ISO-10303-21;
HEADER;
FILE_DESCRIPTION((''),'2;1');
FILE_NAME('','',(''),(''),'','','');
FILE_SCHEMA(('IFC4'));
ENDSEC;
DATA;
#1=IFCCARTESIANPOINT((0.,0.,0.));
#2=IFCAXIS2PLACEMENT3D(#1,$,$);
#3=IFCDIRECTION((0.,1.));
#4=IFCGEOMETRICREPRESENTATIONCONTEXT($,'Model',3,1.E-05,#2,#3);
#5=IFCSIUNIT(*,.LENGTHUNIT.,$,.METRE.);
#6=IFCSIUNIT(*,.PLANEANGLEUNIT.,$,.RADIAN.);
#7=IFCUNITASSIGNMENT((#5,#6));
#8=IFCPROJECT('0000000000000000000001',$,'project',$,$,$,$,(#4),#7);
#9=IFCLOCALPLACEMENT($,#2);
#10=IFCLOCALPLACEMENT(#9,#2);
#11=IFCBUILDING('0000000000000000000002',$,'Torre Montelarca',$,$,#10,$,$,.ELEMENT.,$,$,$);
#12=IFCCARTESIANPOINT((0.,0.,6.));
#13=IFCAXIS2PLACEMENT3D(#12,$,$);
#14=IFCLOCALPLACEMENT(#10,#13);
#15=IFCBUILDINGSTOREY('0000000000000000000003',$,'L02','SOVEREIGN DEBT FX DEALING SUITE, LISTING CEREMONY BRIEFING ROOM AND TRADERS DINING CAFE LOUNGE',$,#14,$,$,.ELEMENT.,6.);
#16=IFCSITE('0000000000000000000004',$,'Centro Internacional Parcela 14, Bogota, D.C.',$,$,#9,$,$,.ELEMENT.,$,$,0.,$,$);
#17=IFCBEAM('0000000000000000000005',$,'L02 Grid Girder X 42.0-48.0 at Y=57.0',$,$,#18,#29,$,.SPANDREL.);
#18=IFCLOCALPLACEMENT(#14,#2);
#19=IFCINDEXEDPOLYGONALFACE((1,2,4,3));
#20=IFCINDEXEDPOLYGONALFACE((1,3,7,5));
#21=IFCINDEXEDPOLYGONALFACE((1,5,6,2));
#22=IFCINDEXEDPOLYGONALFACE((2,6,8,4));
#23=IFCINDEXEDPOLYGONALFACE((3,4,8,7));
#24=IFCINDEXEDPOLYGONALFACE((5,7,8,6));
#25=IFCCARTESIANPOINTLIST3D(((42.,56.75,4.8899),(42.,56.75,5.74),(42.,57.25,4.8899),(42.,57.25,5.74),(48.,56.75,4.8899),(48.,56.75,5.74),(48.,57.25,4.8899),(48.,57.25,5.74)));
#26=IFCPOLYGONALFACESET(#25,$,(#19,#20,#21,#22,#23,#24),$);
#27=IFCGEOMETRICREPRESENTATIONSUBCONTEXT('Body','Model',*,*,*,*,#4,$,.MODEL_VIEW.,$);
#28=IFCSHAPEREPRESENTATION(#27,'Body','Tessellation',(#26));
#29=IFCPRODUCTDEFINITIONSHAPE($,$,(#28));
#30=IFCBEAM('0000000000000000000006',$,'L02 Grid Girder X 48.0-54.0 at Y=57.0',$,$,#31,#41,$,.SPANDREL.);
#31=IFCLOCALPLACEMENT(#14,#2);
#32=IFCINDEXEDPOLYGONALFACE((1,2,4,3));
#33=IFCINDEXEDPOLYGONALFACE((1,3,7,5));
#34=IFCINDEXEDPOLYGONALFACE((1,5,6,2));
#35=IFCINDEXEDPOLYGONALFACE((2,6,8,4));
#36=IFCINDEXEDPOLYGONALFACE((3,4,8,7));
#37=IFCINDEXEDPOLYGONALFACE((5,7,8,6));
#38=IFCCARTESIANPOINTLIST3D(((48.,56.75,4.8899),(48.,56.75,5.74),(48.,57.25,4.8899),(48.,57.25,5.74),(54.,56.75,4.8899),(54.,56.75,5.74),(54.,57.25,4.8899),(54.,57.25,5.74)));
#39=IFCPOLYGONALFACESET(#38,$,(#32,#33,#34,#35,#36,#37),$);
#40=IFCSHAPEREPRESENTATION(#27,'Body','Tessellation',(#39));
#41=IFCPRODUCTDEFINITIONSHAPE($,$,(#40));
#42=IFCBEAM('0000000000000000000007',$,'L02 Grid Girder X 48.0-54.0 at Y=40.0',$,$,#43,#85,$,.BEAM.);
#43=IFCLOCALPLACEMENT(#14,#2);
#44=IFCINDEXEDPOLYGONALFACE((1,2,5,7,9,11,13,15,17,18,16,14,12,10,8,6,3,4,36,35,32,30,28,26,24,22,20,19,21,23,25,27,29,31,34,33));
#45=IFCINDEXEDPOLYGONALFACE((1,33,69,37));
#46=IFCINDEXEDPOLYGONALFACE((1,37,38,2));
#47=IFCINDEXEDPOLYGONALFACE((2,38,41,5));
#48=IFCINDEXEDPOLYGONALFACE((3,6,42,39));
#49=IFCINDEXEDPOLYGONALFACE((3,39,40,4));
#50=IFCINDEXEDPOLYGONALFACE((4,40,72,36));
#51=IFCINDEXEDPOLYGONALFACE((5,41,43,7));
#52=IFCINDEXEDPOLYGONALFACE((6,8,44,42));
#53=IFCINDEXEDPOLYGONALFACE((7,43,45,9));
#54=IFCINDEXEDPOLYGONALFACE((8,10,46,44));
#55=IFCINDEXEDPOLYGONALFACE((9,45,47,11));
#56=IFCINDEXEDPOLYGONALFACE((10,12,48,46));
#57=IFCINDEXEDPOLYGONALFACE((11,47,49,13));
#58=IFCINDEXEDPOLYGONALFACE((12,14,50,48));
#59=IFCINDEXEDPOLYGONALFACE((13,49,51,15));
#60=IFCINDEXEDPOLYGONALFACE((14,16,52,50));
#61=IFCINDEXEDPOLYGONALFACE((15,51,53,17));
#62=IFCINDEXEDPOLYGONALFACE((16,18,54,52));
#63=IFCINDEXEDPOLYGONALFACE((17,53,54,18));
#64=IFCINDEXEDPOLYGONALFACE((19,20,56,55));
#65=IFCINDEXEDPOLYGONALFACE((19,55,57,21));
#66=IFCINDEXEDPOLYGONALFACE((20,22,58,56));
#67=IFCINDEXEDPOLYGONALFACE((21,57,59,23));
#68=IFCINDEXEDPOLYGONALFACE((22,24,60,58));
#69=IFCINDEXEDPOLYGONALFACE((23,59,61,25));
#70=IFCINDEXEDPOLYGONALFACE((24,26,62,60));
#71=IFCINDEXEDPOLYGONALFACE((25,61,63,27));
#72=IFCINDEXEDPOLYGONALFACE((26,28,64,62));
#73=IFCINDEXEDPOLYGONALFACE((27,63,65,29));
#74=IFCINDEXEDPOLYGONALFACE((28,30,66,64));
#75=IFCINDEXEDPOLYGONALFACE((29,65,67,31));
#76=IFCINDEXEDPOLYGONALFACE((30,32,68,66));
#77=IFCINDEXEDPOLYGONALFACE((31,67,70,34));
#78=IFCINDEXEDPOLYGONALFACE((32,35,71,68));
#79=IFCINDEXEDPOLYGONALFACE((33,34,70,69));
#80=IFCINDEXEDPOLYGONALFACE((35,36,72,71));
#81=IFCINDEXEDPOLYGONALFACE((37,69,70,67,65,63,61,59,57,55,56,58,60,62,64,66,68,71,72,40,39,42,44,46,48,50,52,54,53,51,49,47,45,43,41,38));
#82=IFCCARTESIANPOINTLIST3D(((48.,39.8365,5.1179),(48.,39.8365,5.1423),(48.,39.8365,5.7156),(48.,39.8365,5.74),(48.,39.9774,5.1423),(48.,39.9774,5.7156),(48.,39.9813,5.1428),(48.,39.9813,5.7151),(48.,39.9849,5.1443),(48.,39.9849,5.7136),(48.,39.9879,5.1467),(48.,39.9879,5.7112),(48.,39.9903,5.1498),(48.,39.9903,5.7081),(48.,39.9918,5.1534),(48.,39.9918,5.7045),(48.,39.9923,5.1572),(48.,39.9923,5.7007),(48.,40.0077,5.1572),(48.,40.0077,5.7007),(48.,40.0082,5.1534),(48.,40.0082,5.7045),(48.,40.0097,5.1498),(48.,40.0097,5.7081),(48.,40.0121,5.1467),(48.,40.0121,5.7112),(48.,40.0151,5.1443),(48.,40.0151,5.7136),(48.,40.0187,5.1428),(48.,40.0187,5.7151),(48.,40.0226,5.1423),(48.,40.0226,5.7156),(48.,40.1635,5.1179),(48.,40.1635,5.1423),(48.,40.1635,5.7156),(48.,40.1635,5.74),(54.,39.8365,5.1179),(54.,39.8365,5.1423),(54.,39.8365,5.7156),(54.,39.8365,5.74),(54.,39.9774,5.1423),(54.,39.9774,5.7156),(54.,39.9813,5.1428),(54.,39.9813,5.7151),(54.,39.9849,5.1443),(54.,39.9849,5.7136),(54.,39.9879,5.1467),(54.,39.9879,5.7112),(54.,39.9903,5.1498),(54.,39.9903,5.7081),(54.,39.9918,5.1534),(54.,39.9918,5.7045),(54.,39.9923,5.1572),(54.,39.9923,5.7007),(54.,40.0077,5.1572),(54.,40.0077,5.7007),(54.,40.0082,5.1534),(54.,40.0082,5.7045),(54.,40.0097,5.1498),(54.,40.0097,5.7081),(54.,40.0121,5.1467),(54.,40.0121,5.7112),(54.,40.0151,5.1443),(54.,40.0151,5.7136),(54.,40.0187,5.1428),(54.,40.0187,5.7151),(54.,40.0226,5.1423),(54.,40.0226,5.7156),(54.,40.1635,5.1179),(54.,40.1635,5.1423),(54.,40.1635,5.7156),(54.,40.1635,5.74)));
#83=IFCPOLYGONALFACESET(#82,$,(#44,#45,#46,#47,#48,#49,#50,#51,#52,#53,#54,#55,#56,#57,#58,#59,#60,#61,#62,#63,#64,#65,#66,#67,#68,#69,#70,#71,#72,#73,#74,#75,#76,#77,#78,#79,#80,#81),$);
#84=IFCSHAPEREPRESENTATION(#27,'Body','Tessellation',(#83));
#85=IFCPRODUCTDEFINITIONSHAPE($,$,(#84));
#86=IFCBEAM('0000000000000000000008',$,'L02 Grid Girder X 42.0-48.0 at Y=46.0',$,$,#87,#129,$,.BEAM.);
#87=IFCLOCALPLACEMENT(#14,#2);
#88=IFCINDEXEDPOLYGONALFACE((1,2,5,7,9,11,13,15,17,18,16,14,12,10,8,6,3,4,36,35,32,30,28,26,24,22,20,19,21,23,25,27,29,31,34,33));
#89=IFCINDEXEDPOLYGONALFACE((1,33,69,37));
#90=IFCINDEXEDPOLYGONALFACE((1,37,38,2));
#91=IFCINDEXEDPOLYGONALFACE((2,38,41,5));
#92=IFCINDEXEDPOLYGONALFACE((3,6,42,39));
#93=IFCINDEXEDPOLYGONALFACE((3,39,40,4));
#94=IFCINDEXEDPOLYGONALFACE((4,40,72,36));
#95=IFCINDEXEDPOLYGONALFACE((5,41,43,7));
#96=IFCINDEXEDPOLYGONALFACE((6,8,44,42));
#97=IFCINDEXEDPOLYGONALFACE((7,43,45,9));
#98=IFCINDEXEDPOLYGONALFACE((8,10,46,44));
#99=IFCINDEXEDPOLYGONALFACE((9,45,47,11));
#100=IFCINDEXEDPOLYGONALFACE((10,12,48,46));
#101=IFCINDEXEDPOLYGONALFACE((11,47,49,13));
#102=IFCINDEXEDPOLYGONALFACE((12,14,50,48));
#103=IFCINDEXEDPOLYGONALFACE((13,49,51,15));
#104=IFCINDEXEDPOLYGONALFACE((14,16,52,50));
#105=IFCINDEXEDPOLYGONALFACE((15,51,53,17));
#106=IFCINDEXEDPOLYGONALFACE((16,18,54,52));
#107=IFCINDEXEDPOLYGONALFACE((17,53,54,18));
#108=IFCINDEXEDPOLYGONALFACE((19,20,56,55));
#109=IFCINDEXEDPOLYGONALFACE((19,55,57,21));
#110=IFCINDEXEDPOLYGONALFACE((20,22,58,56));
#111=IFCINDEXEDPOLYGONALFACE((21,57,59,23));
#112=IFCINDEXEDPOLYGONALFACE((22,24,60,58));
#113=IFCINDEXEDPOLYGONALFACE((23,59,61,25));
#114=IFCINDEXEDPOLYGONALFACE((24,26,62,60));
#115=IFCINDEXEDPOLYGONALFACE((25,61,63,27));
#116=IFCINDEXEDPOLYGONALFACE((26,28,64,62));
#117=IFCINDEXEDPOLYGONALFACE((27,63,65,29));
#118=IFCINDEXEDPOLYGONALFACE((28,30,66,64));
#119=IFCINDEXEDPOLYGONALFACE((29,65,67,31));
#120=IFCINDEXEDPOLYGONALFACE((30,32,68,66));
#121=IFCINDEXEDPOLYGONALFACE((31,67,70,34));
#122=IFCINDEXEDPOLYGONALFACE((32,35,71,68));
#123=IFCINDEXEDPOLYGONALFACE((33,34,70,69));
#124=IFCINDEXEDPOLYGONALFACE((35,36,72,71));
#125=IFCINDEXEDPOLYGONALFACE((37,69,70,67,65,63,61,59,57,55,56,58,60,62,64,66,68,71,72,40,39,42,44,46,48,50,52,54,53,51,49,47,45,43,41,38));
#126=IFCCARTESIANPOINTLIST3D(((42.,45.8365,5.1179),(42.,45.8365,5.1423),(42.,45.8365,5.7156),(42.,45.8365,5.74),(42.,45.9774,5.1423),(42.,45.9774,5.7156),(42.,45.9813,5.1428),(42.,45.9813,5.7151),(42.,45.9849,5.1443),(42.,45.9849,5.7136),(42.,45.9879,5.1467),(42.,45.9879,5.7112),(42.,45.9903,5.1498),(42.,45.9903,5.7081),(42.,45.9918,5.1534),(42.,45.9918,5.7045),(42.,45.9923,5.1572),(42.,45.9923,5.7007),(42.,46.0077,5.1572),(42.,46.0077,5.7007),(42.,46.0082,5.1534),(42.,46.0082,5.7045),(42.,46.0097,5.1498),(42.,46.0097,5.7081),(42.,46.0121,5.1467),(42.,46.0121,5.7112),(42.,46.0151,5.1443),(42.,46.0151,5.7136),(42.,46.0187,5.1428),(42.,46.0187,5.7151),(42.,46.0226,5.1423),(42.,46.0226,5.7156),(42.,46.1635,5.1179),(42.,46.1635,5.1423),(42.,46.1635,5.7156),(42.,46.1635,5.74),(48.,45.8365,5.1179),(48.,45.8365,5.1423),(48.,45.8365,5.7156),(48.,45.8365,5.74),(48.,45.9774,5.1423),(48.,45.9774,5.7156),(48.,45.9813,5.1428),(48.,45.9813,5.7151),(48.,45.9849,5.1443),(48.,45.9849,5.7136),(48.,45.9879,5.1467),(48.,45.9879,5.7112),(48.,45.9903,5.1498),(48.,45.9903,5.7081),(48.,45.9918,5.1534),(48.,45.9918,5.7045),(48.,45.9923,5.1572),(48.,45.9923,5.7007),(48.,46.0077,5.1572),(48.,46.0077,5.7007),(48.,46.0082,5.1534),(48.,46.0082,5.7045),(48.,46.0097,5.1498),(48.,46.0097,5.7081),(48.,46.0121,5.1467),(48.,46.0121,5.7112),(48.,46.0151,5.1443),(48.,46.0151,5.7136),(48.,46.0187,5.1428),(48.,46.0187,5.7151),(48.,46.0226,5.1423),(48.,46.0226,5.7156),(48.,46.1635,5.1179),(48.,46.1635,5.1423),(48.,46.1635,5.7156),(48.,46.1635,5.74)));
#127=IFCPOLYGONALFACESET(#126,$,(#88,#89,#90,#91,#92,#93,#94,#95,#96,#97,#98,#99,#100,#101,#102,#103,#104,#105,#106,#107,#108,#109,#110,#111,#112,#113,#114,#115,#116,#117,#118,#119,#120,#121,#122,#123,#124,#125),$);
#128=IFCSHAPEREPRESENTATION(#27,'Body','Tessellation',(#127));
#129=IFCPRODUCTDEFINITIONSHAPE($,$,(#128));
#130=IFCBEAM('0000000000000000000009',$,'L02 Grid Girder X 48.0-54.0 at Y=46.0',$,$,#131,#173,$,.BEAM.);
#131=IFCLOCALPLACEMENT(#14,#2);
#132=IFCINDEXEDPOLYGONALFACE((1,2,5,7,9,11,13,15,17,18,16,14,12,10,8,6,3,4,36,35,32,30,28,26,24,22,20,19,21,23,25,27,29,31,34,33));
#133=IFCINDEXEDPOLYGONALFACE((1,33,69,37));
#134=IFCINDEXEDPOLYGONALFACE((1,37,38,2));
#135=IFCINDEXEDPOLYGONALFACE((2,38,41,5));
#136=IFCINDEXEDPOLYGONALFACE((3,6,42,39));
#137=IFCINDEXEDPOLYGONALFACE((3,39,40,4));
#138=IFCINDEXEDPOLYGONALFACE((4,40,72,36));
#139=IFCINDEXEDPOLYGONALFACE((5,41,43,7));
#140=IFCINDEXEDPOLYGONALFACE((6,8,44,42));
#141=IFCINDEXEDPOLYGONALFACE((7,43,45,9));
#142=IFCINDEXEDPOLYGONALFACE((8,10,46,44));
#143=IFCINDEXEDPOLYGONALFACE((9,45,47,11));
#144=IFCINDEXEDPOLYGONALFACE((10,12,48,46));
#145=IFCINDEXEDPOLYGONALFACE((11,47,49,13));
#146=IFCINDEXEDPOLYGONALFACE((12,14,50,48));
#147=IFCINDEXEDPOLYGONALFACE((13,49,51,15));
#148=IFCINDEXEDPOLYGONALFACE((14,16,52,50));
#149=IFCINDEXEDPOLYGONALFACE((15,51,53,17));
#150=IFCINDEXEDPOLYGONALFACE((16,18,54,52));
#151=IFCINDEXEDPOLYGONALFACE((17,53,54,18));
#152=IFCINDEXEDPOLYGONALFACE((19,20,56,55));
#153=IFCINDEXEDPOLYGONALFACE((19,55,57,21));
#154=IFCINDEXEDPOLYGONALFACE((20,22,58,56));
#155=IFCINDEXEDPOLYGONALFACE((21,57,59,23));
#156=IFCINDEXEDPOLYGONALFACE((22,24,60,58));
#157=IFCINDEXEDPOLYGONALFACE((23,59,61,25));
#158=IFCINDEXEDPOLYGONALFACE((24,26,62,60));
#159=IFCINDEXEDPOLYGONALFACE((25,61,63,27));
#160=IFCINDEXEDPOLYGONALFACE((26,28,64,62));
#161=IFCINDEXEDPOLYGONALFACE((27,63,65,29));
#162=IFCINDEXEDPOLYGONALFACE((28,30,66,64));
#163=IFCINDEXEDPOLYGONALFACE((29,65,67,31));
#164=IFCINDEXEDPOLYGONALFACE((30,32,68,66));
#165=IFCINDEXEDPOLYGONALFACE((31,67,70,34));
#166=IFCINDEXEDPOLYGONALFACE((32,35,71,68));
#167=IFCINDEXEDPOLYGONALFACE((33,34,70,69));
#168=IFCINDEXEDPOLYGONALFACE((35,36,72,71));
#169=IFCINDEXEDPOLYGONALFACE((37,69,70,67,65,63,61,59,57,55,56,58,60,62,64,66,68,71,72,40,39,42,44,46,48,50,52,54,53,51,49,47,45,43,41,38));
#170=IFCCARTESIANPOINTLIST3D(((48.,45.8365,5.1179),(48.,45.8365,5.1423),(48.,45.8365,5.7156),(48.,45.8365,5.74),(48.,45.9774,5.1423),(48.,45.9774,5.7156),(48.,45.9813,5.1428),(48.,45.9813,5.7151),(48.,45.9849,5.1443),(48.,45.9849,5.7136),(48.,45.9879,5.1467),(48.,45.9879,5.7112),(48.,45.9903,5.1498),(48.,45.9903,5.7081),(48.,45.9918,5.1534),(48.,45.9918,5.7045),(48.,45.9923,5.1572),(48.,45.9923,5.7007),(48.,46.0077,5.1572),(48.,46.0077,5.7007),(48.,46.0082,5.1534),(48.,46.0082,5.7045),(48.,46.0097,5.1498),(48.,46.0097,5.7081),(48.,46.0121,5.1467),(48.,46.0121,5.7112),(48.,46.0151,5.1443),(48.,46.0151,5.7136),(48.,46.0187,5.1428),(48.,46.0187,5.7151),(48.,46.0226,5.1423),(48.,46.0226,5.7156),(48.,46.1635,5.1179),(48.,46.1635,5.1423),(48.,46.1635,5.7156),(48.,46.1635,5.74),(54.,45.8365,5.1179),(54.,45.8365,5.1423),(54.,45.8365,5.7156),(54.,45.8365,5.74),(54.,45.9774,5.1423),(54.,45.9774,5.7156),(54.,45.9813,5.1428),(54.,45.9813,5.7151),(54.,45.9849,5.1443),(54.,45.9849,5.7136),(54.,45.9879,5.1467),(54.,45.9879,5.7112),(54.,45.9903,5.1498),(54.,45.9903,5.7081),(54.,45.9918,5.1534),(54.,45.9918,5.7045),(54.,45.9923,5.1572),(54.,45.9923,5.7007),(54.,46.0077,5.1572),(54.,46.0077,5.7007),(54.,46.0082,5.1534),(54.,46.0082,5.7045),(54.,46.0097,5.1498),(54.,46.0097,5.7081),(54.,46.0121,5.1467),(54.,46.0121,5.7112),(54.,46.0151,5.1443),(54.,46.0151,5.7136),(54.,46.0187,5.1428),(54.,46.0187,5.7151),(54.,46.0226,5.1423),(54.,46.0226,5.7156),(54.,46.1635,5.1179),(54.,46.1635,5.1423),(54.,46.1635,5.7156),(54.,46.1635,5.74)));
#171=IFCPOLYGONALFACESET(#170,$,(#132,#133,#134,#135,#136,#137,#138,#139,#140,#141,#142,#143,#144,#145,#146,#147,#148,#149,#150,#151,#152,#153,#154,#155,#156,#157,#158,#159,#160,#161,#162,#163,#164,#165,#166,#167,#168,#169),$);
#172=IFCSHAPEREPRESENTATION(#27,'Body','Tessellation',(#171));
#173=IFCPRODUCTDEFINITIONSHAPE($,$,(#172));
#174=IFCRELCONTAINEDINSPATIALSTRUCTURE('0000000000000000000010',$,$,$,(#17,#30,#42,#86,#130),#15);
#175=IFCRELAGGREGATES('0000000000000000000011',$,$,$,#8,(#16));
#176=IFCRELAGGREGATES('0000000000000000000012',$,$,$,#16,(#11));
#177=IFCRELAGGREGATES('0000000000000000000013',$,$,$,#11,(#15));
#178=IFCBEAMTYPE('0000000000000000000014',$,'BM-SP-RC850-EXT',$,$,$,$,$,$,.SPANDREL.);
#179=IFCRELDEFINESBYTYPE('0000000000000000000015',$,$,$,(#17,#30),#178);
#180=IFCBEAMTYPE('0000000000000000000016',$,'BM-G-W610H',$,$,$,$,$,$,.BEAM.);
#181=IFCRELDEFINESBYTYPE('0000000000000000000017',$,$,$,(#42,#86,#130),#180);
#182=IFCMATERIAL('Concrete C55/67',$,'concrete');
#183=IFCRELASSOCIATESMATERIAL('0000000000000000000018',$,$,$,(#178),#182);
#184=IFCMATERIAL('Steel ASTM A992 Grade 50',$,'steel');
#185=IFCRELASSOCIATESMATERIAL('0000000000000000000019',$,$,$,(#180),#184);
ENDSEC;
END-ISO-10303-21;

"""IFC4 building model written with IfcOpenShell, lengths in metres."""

from ifc_helpers import new_model, si_unit, direction, frame, origin, origin_2d, place, context, subcontext, project, spatial, rectangle, i_section, extrude, source, transform, mapped, material, material_profile, profile_set, type_object, element, save


model = new_model("IFC4")

# Units and contexts
model_context = context("Model", 3, precision=1e-05, world=origin(), true_north=direction((0.0, 1.0)))
body_context = subcontext(model_context, "Body", "Model", "MODEL_VIEW")
ifc_project = project(units=[si_unit("LENGTHUNIT", "METRE"), si_unit("PLANEANGLEUNIT", "RADIAN")], contexts=[model_context])

# Site, building, storey
site_placement = place(None, origin())
site = spatial("IfcSite", under=ifc_project, at=site_placement, Name="Centro Internacional Parcela 14, Bogota, D.C.", CompositionType="ELEMENT", RefElevation=0.0)
building_placement = place(site_placement, origin())
building = spatial("IfcBuilding", under=site, at=building_placement, Name="Torre Montelarca", CompositionType="ELEMENT")
storey_placement = place(building_placement, frame((0.0, 0.0, 6.0)))
storey = spatial("IfcBuildingStorey", under=building, at=storey_placement, Name="L02", Description="SOVEREIGN DEBT FX DEALING SUITE, LISTING CEREMONY BRIEFING ROOM AND TRADERS DINING CAFE LOUNGE", CompositionType="ELEMENT", Elevation=6.0)

# Shared definitions
ifc_material_1 = material(Name="Steel ASTM A992 Grade 50", Category="steel")

# Beams
ifc_material_2 = material(Name="Concrete C55/67", Category="concrete")
ifc_material_profile_1 = material_profile(ifc_material_2, rectangle(XDim=0.5, YDim=0.8501, at=origin_2d()), Name="RCB500X850", Category="concrete")
ifc_profile_set_1 = profile_set([ifc_material_profile_1], Name="Concrete C55/67")
beam_type_1 = type_object("IfcBeamType", Name="BM-SP-RC850-EXT", PredefinedType="SPANDREL", material=ifc_profile_set_1)
shared_shape_1 = source(origin(), body_context, "Body", "SweptSolid", [
    extrude(rectangle(XDim=0.5, YDim=0.8501, at=origin_2d()), origin(), (0.0, 0.0, 1.0), 6.0),
])
for number, where, z_axis, x_axis, name in (
    (1, (42.0, 57.0, 5.3149), (1.0, 0.0, 0.0), (0.0, 1.0, 0.0), "L02 Grid Girder X 42.0-48.0 at Y=57.0"),
    (2, (48.0, 57.0, 5.3149), (1.0, 0.0, 0.0), (0.0, 1.0, 0.0), "L02 Grid Girder X 48.0-54.0 at Y=57.0"),
):
    element("IfcBeam", number, at=place(storey_placement, frame(where, z_axis=z_axis, x_axis=x_axis)), inside=storey, type_object=beam_type_1, Name=name, PredefinedType="SPANDREL", context=body_context, shape_type="MappedRepresentation", body=[
        mapped(shared_shape_1, transform((0.0, 0.0, 0.0), scale=1.0)),
    ])
ifc_material_profile_2 = material_profile(ifc_material_1, i_section(OverallWidth=0.3269, OverallDepth=0.6221, WebThickness=0.0154, FlangeThickness=0.0244, FilletRadius=0.0149, at=origin_2d()), Name="W610X195", Category="steel")
ifc_profile_set_2 = profile_set([ifc_material_profile_2], Name="Steel ASTM A992 Grade 50")
beam_type_2 = type_object("IfcBeamType", Name="BM-G-W610H", PredefinedType="BEAM", material=ifc_profile_set_2)
shared_shape_2 = source(origin(), body_context, "Body", "SweptSolid", [
    extrude(i_section(OverallWidth=0.3269, OverallDepth=0.6221, WebThickness=0.0154, FlangeThickness=0.0244, FilletRadius=0.0149, at=origin_2d()), origin(), (0.0, 0.0, 1.0), 6.0),
])
for number, where, z_axis, x_axis, name in (
    (3, (48.0, 40.0, 5.429), (1.0, 0.0, 0.0), (0.0, 1.0, 0.0), "L02 Grid Girder X 48.0-54.0 at Y=40.0"),
    (4, (42.0, 46.0, 5.429), (1.0, 0.0, 0.0), (0.0, 1.0, 0.0), "L02 Grid Girder X 42.0-48.0 at Y=46.0"),
    (5, (48.0, 46.0, 5.429), (1.0, 0.0, 0.0), (0.0, 1.0, 0.0), "L02 Grid Girder X 48.0-54.0 at Y=46.0"),
):
    element("IfcBeam", number, at=place(storey_placement, frame(where, z_axis=z_axis, x_axis=x_axis)), inside=storey, type_object=beam_type_2, Name=name, PredefinedType="BEAM", context=body_context, shape_type="MappedRepresentation", body=[
        mapped(shared_shape_2, transform((0.0, 0.0, 0.0), scale=1.0)),
    ])

save(model, "model.ifc")
